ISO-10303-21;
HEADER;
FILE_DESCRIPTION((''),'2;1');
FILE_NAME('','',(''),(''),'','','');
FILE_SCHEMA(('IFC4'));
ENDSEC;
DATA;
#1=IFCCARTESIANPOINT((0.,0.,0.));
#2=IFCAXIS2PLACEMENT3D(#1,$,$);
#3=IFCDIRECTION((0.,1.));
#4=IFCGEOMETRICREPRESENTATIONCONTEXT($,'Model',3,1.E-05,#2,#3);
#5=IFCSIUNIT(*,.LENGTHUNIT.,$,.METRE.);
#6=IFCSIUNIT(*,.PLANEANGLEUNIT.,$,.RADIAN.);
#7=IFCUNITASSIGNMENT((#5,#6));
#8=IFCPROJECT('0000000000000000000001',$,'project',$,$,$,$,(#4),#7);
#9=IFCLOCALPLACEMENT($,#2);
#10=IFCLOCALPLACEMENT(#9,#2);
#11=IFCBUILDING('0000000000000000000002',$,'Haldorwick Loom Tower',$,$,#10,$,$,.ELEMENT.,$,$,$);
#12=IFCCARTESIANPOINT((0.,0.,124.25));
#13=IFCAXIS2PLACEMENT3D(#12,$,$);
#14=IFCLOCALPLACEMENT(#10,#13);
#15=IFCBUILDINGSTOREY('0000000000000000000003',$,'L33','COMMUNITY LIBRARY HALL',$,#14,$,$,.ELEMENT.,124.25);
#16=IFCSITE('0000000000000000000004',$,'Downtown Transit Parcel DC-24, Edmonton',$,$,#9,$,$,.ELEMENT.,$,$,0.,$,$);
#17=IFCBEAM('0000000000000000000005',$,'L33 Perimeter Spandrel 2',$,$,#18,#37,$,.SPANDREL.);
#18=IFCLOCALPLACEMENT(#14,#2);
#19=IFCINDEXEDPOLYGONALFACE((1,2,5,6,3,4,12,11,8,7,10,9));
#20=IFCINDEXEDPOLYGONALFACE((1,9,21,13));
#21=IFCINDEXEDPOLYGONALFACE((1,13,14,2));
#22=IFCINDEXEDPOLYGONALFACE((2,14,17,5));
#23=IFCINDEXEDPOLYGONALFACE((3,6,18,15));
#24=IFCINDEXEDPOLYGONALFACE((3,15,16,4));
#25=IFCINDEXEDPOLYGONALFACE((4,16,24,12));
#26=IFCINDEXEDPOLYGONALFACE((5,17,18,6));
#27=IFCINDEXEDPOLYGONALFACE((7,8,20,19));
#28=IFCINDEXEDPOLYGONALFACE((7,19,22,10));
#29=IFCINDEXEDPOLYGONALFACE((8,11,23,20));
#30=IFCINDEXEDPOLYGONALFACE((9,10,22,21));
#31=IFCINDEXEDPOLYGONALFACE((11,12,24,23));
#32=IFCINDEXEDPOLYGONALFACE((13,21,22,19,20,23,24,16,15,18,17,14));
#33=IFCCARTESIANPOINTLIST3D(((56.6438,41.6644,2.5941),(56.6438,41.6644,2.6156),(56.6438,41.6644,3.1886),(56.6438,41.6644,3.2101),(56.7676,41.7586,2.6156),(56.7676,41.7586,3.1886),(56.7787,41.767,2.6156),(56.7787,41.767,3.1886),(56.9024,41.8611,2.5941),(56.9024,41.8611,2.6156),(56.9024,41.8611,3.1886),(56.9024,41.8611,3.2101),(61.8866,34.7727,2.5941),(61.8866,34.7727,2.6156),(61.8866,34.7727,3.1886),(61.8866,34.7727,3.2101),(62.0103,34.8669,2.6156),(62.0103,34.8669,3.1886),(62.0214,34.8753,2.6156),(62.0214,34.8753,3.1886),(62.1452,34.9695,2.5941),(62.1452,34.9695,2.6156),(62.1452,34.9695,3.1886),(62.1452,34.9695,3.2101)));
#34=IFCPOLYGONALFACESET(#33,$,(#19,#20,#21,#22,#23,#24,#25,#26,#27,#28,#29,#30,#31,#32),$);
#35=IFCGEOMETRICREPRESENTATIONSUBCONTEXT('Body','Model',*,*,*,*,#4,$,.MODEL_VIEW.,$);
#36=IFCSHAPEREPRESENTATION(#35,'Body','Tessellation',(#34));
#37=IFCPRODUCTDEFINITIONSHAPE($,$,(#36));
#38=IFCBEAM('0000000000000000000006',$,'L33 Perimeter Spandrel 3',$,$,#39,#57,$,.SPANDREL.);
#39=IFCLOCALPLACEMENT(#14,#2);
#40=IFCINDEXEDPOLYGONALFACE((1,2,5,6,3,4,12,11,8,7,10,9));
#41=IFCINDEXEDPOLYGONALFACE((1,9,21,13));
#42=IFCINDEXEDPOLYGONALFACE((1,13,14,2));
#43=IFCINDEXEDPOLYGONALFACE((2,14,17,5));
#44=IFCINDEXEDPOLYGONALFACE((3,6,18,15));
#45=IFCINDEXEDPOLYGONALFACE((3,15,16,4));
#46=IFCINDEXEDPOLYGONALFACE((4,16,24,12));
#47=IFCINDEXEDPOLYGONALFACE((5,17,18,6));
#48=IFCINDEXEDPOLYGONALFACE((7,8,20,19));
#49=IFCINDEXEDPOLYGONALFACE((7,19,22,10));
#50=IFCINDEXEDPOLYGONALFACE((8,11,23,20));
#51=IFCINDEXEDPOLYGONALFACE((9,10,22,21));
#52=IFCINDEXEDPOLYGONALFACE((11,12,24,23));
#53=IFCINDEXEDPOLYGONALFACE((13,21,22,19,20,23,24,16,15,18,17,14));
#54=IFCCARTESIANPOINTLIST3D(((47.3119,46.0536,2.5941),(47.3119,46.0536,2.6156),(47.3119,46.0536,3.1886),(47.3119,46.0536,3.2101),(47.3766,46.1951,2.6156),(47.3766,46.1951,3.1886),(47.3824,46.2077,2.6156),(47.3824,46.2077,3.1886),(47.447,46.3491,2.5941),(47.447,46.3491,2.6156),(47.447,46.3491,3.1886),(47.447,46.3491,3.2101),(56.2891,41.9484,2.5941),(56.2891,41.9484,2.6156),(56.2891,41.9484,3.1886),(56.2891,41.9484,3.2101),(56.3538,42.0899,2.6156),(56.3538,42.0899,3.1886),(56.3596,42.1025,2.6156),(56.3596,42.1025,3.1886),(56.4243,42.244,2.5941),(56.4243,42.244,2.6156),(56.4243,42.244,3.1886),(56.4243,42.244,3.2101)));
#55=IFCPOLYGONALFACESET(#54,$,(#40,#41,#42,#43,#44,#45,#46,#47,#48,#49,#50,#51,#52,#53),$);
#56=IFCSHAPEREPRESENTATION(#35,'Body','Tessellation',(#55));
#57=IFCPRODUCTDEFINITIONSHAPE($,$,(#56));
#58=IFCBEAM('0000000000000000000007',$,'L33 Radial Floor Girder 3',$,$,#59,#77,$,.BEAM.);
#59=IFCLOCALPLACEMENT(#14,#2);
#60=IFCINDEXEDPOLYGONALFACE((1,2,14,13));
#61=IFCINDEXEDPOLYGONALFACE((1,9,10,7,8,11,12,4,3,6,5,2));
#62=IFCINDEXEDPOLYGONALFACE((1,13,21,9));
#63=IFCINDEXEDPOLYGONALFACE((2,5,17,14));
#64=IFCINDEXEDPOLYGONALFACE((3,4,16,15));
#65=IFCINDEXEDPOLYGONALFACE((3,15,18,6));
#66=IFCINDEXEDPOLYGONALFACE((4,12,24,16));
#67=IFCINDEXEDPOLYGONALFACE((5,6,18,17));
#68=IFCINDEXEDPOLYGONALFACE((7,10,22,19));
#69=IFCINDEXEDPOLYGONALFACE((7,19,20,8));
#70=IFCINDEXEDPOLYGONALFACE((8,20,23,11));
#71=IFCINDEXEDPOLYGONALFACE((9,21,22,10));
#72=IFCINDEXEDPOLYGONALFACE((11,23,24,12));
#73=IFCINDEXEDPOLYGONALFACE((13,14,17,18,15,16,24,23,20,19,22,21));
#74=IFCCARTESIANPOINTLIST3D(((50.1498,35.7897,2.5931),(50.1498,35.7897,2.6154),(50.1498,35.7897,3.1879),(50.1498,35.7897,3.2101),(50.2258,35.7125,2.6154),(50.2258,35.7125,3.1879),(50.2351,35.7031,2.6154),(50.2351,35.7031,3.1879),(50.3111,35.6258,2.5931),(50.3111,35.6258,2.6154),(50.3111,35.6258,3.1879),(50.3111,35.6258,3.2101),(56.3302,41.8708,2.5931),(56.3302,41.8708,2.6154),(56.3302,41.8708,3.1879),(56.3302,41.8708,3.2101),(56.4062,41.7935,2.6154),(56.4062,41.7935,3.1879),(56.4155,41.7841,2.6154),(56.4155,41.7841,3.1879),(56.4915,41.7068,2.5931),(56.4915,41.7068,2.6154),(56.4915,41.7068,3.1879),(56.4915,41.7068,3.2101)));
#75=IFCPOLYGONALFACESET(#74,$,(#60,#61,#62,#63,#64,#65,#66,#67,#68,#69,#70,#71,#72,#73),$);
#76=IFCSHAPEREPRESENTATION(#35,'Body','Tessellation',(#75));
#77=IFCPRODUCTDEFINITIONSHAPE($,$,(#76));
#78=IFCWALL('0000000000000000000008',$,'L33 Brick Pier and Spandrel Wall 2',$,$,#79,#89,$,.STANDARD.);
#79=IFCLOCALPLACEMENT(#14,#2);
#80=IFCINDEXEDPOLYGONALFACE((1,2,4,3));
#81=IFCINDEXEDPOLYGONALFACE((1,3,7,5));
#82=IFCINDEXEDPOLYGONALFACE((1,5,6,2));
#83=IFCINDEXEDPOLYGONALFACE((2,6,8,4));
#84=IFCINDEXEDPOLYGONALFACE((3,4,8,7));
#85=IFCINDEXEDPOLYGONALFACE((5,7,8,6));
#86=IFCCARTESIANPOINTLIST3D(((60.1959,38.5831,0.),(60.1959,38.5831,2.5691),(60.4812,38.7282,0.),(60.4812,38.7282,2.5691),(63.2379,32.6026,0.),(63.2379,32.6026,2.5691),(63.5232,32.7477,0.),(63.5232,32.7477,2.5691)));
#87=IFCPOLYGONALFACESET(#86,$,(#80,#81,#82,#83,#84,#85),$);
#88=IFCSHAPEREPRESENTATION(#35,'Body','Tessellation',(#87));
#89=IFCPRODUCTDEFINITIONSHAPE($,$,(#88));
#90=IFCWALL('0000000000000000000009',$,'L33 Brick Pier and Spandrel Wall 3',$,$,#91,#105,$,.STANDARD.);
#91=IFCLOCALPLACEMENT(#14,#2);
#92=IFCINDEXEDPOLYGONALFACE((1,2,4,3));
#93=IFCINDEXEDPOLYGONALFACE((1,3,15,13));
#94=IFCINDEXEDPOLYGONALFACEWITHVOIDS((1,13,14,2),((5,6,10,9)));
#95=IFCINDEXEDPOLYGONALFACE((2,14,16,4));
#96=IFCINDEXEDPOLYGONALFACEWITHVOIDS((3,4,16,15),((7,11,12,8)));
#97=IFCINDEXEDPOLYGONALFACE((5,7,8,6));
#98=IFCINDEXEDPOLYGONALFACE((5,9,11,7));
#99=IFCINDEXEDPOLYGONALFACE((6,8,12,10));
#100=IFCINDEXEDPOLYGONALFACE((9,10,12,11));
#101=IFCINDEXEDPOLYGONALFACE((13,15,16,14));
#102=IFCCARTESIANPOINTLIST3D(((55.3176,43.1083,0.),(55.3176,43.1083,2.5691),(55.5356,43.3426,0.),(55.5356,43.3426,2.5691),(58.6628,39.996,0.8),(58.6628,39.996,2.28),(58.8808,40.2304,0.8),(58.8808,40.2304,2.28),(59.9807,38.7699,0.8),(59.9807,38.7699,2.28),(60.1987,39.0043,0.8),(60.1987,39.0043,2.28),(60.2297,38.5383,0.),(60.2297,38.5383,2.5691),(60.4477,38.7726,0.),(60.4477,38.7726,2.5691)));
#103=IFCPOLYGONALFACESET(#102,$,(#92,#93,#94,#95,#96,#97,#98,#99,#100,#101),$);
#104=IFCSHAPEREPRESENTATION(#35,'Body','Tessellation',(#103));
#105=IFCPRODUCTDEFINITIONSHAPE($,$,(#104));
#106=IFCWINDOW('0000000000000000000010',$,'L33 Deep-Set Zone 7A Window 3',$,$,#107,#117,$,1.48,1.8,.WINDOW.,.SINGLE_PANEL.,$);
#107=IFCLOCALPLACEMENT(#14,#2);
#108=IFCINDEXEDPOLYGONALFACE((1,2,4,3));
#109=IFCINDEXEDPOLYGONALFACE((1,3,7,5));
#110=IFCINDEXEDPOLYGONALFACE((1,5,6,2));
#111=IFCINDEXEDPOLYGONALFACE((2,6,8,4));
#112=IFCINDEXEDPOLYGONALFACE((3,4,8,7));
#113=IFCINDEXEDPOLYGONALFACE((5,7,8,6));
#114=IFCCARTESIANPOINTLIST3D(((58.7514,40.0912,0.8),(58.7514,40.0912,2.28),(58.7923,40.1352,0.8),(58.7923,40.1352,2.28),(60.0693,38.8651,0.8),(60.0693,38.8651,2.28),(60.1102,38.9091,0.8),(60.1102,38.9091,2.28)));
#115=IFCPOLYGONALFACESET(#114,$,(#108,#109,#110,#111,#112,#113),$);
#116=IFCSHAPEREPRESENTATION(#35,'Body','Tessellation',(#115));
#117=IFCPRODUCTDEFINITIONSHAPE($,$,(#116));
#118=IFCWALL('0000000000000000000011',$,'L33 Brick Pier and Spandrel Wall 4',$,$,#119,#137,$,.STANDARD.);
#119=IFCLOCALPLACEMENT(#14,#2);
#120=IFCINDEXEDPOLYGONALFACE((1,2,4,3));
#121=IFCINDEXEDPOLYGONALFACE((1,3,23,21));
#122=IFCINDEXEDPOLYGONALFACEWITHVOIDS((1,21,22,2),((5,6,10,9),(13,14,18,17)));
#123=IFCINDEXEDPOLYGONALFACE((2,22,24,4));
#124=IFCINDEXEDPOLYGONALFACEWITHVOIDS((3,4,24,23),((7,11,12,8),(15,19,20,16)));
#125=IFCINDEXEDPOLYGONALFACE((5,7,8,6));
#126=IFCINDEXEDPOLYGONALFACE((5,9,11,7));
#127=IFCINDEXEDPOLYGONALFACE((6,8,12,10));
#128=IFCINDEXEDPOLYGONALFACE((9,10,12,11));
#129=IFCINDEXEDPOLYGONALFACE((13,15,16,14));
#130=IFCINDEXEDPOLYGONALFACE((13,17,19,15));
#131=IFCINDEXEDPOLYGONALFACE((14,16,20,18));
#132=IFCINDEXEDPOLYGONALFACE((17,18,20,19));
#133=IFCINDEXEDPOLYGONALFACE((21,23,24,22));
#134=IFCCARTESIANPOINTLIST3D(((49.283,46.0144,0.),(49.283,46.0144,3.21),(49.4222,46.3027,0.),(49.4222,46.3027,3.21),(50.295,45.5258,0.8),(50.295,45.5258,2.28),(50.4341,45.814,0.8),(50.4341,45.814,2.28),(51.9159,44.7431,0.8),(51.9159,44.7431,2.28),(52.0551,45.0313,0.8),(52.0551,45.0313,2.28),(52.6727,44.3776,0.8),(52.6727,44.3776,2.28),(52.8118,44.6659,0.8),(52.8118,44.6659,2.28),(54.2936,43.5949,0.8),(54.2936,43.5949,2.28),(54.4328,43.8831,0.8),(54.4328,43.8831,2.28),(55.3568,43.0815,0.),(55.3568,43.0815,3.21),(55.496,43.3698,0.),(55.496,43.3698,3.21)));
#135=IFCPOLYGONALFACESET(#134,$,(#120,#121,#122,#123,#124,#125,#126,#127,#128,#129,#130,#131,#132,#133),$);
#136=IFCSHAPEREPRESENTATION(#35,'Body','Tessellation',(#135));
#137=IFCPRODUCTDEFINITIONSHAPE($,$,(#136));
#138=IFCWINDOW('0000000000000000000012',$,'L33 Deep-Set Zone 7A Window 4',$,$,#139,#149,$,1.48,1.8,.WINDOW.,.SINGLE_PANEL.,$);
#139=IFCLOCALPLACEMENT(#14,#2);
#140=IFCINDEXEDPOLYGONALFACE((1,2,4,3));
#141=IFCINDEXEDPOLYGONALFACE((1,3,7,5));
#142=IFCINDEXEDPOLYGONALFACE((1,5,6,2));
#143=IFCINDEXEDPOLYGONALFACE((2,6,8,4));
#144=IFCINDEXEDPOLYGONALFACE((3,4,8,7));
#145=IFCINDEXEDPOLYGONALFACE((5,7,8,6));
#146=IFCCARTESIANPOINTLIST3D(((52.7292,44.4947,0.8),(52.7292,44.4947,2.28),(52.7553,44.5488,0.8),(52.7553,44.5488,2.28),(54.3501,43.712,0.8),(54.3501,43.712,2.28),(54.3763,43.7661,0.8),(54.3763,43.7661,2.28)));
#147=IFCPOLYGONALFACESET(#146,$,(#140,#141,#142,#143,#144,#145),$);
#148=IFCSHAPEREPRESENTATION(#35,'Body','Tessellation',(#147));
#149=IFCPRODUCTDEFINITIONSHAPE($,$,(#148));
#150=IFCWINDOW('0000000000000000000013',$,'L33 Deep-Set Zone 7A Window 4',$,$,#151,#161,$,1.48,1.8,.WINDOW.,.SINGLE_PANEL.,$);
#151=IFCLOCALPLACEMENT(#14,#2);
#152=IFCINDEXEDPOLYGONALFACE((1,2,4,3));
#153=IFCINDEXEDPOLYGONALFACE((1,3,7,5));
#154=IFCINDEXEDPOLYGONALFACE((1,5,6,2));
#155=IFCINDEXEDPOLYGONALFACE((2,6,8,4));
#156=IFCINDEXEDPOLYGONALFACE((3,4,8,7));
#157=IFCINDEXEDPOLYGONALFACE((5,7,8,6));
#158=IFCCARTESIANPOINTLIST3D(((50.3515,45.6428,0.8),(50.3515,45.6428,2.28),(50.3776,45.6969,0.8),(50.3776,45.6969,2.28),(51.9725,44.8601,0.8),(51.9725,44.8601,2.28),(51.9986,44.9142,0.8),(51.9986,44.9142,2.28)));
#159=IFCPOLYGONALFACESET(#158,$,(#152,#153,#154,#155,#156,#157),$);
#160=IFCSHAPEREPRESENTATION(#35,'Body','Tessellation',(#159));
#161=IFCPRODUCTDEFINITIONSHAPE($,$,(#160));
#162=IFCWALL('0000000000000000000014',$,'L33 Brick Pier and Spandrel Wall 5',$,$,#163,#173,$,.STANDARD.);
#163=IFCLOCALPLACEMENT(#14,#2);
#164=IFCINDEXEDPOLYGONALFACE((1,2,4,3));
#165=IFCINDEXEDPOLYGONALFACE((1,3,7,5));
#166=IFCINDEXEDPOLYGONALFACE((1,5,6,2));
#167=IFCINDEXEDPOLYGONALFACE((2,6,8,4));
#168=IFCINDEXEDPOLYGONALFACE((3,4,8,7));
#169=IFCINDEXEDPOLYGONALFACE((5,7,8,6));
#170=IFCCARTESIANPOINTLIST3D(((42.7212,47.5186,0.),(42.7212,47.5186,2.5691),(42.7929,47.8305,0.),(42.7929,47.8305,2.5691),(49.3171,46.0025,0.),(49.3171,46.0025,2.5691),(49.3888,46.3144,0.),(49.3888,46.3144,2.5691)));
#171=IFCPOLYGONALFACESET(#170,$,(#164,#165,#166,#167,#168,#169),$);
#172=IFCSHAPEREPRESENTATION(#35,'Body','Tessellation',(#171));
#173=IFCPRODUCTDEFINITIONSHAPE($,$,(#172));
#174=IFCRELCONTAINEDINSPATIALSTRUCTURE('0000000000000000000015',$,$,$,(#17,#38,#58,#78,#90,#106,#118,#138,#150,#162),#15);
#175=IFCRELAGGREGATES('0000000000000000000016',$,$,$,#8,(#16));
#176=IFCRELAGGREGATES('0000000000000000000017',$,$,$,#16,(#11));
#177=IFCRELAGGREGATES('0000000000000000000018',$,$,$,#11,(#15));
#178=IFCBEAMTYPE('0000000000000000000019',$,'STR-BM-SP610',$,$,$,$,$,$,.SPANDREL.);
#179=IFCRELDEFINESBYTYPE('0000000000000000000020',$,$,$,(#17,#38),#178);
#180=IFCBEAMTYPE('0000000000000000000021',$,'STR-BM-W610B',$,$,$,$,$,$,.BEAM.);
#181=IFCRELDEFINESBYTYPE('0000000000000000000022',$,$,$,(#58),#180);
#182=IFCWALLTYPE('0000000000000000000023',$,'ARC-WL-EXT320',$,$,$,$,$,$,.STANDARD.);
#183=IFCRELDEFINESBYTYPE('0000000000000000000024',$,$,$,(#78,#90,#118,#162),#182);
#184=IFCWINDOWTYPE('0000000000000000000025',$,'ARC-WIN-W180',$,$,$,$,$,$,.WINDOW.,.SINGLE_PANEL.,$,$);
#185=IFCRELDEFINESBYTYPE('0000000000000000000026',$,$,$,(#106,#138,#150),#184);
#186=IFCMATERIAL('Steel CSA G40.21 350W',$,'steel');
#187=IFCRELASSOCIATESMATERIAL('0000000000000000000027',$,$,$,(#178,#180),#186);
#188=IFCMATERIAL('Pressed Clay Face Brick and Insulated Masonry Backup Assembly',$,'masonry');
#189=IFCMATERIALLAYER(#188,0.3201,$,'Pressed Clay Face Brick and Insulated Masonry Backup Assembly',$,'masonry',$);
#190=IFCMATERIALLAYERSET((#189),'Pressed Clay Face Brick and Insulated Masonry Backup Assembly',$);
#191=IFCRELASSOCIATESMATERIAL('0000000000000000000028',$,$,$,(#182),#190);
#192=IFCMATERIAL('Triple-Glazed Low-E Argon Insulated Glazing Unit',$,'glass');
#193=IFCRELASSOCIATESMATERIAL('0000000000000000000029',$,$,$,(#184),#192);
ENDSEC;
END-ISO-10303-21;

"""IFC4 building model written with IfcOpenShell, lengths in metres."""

from ifc_helpers import new_model, si_unit, direction, frame, frame_2d, origin, origin_2d, place, context, subcontext, project, spatial, rectangle, i_section, extrude, material, layer, layer_set, material_profile, profile_set, type_object, element, fill, save


model = new_model("IFC4")

# Units and contexts
model_context = context("Model", 3, precision=1e-05, world=origin(), true_north=direction((0.0, 1.0)))
body_context = subcontext(model_context, "Body", "Model", "MODEL_VIEW")
ifc_project = project(units=[si_unit("LENGTHUNIT", "METRE"), si_unit("PLANEANGLEUNIT", "RADIAN")], contexts=[model_context])

# Site, building, storey
site_placement = place(None, origin())
site = spatial("IfcSite", under=ifc_project, at=site_placement, Name="Downtown Transit Parcel DC-24, Edmonton", CompositionType="ELEMENT", RefElevation=0.0)
building_placement = place(site_placement, origin())
building = spatial("IfcBuilding", under=site, at=building_placement, Name="Haldorwick Loom Tower", CompositionType="ELEMENT")
storey_placement = place(building_placement, frame((0.0, 0.0, 124.25)))
storey = spatial("IfcBuildingStorey", under=building, at=storey_placement, Name="L33", Description="COMMUNITY LIBRARY HALL", CompositionType="ELEMENT", Elevation=124.25)

# Beams
ifc_material_1 = material(Name="Steel CSA G40.21 350W", Category="steel")
ifc_material_profile_1 = material_profile(ifc_material_1, i_section(OverallWidth=0.325, OverallDepth=0.616, WebThickness=0.0139, FlangeThickness=0.0215, at=origin_2d()), Name="W610X174", Category="steel")
ifc_profile_set_1 = profile_set([ifc_material_profile_1], Name="Steel CSA G40.21 350W")
beam_type_1 = type_object("IfcBeamType", Name="STR-BM-SP610", PredefinedType="SPANDREL", material=ifc_profile_set_1)
beam_1_placement = place(storey_placement, frame((62.0159, 34.8711, 2.9021), z_axis=(-0.605454, 0.795881, 0.0), x_axis=(-0.795881, -0.605454, 0.0)))
element("IfcBeam", 1, at=beam_1_placement, inside=storey, type_object=beam_type_1, Name="L33 Perimeter Spandrel 2", PredefinedType="SPANDREL", context=body_context, shape_type="SweptSolid", body=[
    extrude(i_section(OverallWidth=0.325, OverallDepth=0.616, WebThickness=0.0139, FlangeThickness=0.0215, at=origin_2d()), origin(), (0.0, 0.0, 1.0), 8.6592),
])
beam_2_placement = place(storey_placement, frame((56.3567, 42.0962, 2.9021), z_axis=(-0.909424, 0.41587, 0.0), x_axis=(-0.41587, -0.909424, 0.0)))
element("IfcBeam", 2, at=beam_2_placement, inside=storey, type_object=beam_type_1, Name="L33 Perimeter Spandrel 3", PredefinedType="SPANDREL", context=body_context, shape_type="SweptSolid", body=[
    extrude(i_section(OverallWidth=0.325, OverallDepth=0.616, WebThickness=0.0139, FlangeThickness=0.0215, at=origin_2d()), origin(), (0.0, 0.0, 1.0), 9.8713),
])
ifc_material_profile_2 = material_profile(ifc_material_1, i_section(OverallWidth=0.23, OverallDepth=0.6169, WebThickness=0.0132, FlangeThickness=0.0222, at=origin_2d()), Name="W610X140", Category="steel")
ifc_profile_set_2 = profile_set([ifc_material_profile_2], Name="Steel CSA G40.21 350W")
beam_type_2 = type_object("IfcBeamType", Name="STR-BM-W610B", PredefinedType="BEAM", material=ifc_profile_set_2)
beam_3_placement = place(storey_placement, frame((50.2305, 35.7078, 2.9016), z_axis=(0.712814, 0.701353, 0.0), x_axis=(-0.701353, 0.712814, 0.0)))
element("IfcBeam", 3, at=beam_3_placement, inside=storey, type_object=beam_type_2, Name="L33 Radial Floor Girder 3", PredefinedType="BEAM", context=body_context, shape_type="SweptSolid", body=[
    extrude(i_section(OverallWidth=0.23, OverallDepth=0.6169, WebThickness=0.0132, FlangeThickness=0.0222, at=origin_2d()), origin(), (0.0, 0.0, 1.0), 8.6704),
])

# Wall
ifc_material_2 = material(Name="Pressed Clay Face Brick and Insulated Masonry Backup Assembly", Category="masonry")
ifc_layer_1 = layer(ifc_material_2, 0.3201, Name="Pressed Clay Face Brick and Insulated Masonry Backup Assembly", Category="masonry")
ifc_layer_set_1 = layer_set([ifc_layer_1], Name="Pressed Clay Face Brick and Insulated Masonry Backup Assembly")
wall_type_1 = type_object("IfcWallType", Name="ARC-WL-EXT320", PredefinedType="STANDARD", material=ifc_layer_set_1)
wall_1_placement = place(storey_placement, frame((63.3806, 32.675, 0.0), z_axis=(0.0, 0.0, 1.0), x_axis=(-0.453374, 0.89132, 0.0)))
element("IfcWall", 4, at=wall_1_placement, inside=storey, type_object=wall_type_1, Name="L33 Brick Pier and Spandrel Wall 2", PredefinedType="STANDARD", context=body_context, shape_type="SweptSolid", body=[
    extrude(rectangle(XDim=6.7097, YDim=0.3201, at=frame_2d((3.355, 0.0))), origin(), (0.0, 0.0, 1.0), 2.5691),
])

# Wall, opening, window
wall_2_placement = place(storey_placement, frame((60.3386, 38.6555, 0.0), z_axis=(0.0, 0.0, 1.0), x_axis=(-0.732137, 0.681157, 0.0)))
wall_2 = element("IfcWall", 5, at=wall_2_placement, inside=storey, type_object=wall_type_1, Name="L33 Brick Pier and Spandrel Wall 3", PredefinedType="STANDARD", context=body_context, shape_type="SweptSolid", body=[
    extrude(rectangle(XDim=6.7092, YDim=0.3201, at=frame_2d((3.3545, 0.0))), origin(), (0.0, 0.0, 1.0), 2.5691),
])
opening_1_placement = place(wall_2_placement, frame((0.3401, 0.0, 0.8)))
opening_1 = element("IfcOpeningElement", 6, at=opening_1_placement, cuts=wall_2, PredefinedType="OPENING", context=body_context, shape_type="SweptSolid", body=[
    extrude(rectangle(XDim=1.8, YDim=1.48, at=frame_2d((0.8999, 0.74))), frame((0.0, 0.1699, 0.0), z_axis=(0.0, -1.0, 0.0), x_axis=(1.0, 0.0, 0.0)), (0.0, 0.0, 1.0), 0.3401),
])
ifc_material_3 = material(Name="Triple-Glazed Low-E Argon Insulated Glazing Unit", Category="glass")
window_type = type_object("IfcWindowType", Name="ARC-WIN-W180", PartitioningType="SINGLE_PANEL", PredefinedType="WINDOW", material=ifc_material_3)
window_1_placement = place(opening_1_placement, origin())
window_1 = element("IfcWindow", 7, at=window_1_placement, inside=storey, type_object=window_type, Name="L33 Deep-Set Zone 7A Window 3", OverallHeight=1.48, OverallWidth=1.8, PartitioningType="SINGLE_PANEL", PredefinedType="WINDOW", context=body_context, shape_type="SweptSolid", body=[
    extrude(rectangle(XDim=1.8, YDim=1.48, at=frame_2d((0.8999, 0.74))), frame((0.0, 0.03, 0.0), z_axis=(0.0, -1.0, 0.0), x_axis=(1.0, 0.0, 0.0)), (0.0, 0.0, 1.0), 0.0601),
])
fill(opening_1, window_1)

# Wall, openings, windows
wall_3_placement = place(storey_placement, frame((55.4265, 43.2256, 0.0), z_axis=(0.0, 0.0, 1.0), x_axis=(-0.90051, 0.434835, 0.0)))
wall_3 = element("IfcWall", 8, at=wall_3_placement, inside=storey, type_object=wall_type_1, Name="L33 Brick Pier and Spandrel Wall 4", PredefinedType="STANDARD", context=body_context, shape_type="SweptSolid", body=[
    extrude(rectangle(XDim=6.7449, YDim=0.3201, at=frame_2d((3.3726, 0.0))), origin(), (0.0, 0.0, 1.0), 3.21),
])
opening_2_placement = place(wall_3_placement, frame((1.1809, 0.0, 0.8)))
opening_2 = element("IfcOpeningElement", 9, at=opening_2_placement, cuts=wall_3, PredefinedType="OPENING", context=body_context, shape_type="SweptSolid", body=[
    extrude(rectangle(XDim=1.8, YDim=1.48, at=frame_2d((0.8999, 0.74))), frame((0.0, 0.1699, 0.0), z_axis=(0.0, -1.0, 0.0), x_axis=(1.0, 0.0, 0.0)), (0.0, 0.0, 1.0), 0.3401),
])
opening_3_placement = place(wall_3_placement, frame((3.8213, 0.0, 0.8)))
opening_3 = element("IfcOpeningElement", 10, at=opening_3_placement, cuts=wall_3, PredefinedType="OPENING", context=body_context, shape_type="SweptSolid", body=[
    extrude(rectangle(XDim=1.8, YDim=1.48, at=frame_2d((0.8999, 0.74))), frame((0.0, 0.1699, 0.0), z_axis=(0.0, -1.0, 0.0), x_axis=(1.0, 0.0, 0.0)), (0.0, 0.0, 1.0), 0.3401),
])
window_2_placement = place(opening_2_placement, origin())
window_2 = element("IfcWindow", 11, at=window_2_placement, inside=storey, type_object=window_type, Name="L33 Deep-Set Zone 7A Window 4", OverallHeight=1.48, OverallWidth=1.8, PartitioningType="SINGLE_PANEL", PredefinedType="WINDOW", context=body_context, shape_type="SweptSolid", body=[
    extrude(rectangle(XDim=1.8, YDim=1.48, at=frame_2d((0.8999, 0.74))), frame((0.0, 0.03, 0.0), z_axis=(0.0, -1.0, 0.0), x_axis=(1.0, 0.0, 0.0)), (0.0, 0.0, 1.0), 0.0601),
])
fill(opening_2, window_2)
window_3_placement = place(opening_3_placement, origin())
window_3 = element("IfcWindow", 12, at=window_3_placement, inside=storey, type_object=window_type, Name="L33 Deep-Set Zone 7A Window 4", OverallHeight=1.48, OverallWidth=1.8, PartitioningType="SINGLE_PANEL", PredefinedType="WINDOW", context=body_context, shape_type="SweptSolid", body=[
    extrude(rectangle(XDim=1.8, YDim=1.48, at=frame_2d((0.8999, 0.74))), frame((0.0, 0.03, 0.0), z_axis=(0.0, -1.0, 0.0), x_axis=(1.0, 0.0, 0.0)), (0.0, 0.0, 1.0), 0.0601),
])
fill(opening_3, window_3)

# Wall
wall_4_placement = place(storey_placement, frame((49.3528, 46.1584, 0.0), z_axis=(0.0, 0.0, 1.0), x_axis=(-0.974584, 0.224022, 0.0)))
element("IfcWall", 13, at=wall_4_placement, inside=storey, type_object=wall_type_1, Name="L33 Brick Pier and Spandrel Wall 5", PredefinedType="STANDARD", context=body_context, shape_type="SweptSolid", body=[
    extrude(rectangle(XDim=6.7678, YDim=0.3201, at=frame_2d((3.3838, 0.0))), origin(), (0.0, 0.0, 1.0), 2.5691),
])

save(model, "model.ifc")
